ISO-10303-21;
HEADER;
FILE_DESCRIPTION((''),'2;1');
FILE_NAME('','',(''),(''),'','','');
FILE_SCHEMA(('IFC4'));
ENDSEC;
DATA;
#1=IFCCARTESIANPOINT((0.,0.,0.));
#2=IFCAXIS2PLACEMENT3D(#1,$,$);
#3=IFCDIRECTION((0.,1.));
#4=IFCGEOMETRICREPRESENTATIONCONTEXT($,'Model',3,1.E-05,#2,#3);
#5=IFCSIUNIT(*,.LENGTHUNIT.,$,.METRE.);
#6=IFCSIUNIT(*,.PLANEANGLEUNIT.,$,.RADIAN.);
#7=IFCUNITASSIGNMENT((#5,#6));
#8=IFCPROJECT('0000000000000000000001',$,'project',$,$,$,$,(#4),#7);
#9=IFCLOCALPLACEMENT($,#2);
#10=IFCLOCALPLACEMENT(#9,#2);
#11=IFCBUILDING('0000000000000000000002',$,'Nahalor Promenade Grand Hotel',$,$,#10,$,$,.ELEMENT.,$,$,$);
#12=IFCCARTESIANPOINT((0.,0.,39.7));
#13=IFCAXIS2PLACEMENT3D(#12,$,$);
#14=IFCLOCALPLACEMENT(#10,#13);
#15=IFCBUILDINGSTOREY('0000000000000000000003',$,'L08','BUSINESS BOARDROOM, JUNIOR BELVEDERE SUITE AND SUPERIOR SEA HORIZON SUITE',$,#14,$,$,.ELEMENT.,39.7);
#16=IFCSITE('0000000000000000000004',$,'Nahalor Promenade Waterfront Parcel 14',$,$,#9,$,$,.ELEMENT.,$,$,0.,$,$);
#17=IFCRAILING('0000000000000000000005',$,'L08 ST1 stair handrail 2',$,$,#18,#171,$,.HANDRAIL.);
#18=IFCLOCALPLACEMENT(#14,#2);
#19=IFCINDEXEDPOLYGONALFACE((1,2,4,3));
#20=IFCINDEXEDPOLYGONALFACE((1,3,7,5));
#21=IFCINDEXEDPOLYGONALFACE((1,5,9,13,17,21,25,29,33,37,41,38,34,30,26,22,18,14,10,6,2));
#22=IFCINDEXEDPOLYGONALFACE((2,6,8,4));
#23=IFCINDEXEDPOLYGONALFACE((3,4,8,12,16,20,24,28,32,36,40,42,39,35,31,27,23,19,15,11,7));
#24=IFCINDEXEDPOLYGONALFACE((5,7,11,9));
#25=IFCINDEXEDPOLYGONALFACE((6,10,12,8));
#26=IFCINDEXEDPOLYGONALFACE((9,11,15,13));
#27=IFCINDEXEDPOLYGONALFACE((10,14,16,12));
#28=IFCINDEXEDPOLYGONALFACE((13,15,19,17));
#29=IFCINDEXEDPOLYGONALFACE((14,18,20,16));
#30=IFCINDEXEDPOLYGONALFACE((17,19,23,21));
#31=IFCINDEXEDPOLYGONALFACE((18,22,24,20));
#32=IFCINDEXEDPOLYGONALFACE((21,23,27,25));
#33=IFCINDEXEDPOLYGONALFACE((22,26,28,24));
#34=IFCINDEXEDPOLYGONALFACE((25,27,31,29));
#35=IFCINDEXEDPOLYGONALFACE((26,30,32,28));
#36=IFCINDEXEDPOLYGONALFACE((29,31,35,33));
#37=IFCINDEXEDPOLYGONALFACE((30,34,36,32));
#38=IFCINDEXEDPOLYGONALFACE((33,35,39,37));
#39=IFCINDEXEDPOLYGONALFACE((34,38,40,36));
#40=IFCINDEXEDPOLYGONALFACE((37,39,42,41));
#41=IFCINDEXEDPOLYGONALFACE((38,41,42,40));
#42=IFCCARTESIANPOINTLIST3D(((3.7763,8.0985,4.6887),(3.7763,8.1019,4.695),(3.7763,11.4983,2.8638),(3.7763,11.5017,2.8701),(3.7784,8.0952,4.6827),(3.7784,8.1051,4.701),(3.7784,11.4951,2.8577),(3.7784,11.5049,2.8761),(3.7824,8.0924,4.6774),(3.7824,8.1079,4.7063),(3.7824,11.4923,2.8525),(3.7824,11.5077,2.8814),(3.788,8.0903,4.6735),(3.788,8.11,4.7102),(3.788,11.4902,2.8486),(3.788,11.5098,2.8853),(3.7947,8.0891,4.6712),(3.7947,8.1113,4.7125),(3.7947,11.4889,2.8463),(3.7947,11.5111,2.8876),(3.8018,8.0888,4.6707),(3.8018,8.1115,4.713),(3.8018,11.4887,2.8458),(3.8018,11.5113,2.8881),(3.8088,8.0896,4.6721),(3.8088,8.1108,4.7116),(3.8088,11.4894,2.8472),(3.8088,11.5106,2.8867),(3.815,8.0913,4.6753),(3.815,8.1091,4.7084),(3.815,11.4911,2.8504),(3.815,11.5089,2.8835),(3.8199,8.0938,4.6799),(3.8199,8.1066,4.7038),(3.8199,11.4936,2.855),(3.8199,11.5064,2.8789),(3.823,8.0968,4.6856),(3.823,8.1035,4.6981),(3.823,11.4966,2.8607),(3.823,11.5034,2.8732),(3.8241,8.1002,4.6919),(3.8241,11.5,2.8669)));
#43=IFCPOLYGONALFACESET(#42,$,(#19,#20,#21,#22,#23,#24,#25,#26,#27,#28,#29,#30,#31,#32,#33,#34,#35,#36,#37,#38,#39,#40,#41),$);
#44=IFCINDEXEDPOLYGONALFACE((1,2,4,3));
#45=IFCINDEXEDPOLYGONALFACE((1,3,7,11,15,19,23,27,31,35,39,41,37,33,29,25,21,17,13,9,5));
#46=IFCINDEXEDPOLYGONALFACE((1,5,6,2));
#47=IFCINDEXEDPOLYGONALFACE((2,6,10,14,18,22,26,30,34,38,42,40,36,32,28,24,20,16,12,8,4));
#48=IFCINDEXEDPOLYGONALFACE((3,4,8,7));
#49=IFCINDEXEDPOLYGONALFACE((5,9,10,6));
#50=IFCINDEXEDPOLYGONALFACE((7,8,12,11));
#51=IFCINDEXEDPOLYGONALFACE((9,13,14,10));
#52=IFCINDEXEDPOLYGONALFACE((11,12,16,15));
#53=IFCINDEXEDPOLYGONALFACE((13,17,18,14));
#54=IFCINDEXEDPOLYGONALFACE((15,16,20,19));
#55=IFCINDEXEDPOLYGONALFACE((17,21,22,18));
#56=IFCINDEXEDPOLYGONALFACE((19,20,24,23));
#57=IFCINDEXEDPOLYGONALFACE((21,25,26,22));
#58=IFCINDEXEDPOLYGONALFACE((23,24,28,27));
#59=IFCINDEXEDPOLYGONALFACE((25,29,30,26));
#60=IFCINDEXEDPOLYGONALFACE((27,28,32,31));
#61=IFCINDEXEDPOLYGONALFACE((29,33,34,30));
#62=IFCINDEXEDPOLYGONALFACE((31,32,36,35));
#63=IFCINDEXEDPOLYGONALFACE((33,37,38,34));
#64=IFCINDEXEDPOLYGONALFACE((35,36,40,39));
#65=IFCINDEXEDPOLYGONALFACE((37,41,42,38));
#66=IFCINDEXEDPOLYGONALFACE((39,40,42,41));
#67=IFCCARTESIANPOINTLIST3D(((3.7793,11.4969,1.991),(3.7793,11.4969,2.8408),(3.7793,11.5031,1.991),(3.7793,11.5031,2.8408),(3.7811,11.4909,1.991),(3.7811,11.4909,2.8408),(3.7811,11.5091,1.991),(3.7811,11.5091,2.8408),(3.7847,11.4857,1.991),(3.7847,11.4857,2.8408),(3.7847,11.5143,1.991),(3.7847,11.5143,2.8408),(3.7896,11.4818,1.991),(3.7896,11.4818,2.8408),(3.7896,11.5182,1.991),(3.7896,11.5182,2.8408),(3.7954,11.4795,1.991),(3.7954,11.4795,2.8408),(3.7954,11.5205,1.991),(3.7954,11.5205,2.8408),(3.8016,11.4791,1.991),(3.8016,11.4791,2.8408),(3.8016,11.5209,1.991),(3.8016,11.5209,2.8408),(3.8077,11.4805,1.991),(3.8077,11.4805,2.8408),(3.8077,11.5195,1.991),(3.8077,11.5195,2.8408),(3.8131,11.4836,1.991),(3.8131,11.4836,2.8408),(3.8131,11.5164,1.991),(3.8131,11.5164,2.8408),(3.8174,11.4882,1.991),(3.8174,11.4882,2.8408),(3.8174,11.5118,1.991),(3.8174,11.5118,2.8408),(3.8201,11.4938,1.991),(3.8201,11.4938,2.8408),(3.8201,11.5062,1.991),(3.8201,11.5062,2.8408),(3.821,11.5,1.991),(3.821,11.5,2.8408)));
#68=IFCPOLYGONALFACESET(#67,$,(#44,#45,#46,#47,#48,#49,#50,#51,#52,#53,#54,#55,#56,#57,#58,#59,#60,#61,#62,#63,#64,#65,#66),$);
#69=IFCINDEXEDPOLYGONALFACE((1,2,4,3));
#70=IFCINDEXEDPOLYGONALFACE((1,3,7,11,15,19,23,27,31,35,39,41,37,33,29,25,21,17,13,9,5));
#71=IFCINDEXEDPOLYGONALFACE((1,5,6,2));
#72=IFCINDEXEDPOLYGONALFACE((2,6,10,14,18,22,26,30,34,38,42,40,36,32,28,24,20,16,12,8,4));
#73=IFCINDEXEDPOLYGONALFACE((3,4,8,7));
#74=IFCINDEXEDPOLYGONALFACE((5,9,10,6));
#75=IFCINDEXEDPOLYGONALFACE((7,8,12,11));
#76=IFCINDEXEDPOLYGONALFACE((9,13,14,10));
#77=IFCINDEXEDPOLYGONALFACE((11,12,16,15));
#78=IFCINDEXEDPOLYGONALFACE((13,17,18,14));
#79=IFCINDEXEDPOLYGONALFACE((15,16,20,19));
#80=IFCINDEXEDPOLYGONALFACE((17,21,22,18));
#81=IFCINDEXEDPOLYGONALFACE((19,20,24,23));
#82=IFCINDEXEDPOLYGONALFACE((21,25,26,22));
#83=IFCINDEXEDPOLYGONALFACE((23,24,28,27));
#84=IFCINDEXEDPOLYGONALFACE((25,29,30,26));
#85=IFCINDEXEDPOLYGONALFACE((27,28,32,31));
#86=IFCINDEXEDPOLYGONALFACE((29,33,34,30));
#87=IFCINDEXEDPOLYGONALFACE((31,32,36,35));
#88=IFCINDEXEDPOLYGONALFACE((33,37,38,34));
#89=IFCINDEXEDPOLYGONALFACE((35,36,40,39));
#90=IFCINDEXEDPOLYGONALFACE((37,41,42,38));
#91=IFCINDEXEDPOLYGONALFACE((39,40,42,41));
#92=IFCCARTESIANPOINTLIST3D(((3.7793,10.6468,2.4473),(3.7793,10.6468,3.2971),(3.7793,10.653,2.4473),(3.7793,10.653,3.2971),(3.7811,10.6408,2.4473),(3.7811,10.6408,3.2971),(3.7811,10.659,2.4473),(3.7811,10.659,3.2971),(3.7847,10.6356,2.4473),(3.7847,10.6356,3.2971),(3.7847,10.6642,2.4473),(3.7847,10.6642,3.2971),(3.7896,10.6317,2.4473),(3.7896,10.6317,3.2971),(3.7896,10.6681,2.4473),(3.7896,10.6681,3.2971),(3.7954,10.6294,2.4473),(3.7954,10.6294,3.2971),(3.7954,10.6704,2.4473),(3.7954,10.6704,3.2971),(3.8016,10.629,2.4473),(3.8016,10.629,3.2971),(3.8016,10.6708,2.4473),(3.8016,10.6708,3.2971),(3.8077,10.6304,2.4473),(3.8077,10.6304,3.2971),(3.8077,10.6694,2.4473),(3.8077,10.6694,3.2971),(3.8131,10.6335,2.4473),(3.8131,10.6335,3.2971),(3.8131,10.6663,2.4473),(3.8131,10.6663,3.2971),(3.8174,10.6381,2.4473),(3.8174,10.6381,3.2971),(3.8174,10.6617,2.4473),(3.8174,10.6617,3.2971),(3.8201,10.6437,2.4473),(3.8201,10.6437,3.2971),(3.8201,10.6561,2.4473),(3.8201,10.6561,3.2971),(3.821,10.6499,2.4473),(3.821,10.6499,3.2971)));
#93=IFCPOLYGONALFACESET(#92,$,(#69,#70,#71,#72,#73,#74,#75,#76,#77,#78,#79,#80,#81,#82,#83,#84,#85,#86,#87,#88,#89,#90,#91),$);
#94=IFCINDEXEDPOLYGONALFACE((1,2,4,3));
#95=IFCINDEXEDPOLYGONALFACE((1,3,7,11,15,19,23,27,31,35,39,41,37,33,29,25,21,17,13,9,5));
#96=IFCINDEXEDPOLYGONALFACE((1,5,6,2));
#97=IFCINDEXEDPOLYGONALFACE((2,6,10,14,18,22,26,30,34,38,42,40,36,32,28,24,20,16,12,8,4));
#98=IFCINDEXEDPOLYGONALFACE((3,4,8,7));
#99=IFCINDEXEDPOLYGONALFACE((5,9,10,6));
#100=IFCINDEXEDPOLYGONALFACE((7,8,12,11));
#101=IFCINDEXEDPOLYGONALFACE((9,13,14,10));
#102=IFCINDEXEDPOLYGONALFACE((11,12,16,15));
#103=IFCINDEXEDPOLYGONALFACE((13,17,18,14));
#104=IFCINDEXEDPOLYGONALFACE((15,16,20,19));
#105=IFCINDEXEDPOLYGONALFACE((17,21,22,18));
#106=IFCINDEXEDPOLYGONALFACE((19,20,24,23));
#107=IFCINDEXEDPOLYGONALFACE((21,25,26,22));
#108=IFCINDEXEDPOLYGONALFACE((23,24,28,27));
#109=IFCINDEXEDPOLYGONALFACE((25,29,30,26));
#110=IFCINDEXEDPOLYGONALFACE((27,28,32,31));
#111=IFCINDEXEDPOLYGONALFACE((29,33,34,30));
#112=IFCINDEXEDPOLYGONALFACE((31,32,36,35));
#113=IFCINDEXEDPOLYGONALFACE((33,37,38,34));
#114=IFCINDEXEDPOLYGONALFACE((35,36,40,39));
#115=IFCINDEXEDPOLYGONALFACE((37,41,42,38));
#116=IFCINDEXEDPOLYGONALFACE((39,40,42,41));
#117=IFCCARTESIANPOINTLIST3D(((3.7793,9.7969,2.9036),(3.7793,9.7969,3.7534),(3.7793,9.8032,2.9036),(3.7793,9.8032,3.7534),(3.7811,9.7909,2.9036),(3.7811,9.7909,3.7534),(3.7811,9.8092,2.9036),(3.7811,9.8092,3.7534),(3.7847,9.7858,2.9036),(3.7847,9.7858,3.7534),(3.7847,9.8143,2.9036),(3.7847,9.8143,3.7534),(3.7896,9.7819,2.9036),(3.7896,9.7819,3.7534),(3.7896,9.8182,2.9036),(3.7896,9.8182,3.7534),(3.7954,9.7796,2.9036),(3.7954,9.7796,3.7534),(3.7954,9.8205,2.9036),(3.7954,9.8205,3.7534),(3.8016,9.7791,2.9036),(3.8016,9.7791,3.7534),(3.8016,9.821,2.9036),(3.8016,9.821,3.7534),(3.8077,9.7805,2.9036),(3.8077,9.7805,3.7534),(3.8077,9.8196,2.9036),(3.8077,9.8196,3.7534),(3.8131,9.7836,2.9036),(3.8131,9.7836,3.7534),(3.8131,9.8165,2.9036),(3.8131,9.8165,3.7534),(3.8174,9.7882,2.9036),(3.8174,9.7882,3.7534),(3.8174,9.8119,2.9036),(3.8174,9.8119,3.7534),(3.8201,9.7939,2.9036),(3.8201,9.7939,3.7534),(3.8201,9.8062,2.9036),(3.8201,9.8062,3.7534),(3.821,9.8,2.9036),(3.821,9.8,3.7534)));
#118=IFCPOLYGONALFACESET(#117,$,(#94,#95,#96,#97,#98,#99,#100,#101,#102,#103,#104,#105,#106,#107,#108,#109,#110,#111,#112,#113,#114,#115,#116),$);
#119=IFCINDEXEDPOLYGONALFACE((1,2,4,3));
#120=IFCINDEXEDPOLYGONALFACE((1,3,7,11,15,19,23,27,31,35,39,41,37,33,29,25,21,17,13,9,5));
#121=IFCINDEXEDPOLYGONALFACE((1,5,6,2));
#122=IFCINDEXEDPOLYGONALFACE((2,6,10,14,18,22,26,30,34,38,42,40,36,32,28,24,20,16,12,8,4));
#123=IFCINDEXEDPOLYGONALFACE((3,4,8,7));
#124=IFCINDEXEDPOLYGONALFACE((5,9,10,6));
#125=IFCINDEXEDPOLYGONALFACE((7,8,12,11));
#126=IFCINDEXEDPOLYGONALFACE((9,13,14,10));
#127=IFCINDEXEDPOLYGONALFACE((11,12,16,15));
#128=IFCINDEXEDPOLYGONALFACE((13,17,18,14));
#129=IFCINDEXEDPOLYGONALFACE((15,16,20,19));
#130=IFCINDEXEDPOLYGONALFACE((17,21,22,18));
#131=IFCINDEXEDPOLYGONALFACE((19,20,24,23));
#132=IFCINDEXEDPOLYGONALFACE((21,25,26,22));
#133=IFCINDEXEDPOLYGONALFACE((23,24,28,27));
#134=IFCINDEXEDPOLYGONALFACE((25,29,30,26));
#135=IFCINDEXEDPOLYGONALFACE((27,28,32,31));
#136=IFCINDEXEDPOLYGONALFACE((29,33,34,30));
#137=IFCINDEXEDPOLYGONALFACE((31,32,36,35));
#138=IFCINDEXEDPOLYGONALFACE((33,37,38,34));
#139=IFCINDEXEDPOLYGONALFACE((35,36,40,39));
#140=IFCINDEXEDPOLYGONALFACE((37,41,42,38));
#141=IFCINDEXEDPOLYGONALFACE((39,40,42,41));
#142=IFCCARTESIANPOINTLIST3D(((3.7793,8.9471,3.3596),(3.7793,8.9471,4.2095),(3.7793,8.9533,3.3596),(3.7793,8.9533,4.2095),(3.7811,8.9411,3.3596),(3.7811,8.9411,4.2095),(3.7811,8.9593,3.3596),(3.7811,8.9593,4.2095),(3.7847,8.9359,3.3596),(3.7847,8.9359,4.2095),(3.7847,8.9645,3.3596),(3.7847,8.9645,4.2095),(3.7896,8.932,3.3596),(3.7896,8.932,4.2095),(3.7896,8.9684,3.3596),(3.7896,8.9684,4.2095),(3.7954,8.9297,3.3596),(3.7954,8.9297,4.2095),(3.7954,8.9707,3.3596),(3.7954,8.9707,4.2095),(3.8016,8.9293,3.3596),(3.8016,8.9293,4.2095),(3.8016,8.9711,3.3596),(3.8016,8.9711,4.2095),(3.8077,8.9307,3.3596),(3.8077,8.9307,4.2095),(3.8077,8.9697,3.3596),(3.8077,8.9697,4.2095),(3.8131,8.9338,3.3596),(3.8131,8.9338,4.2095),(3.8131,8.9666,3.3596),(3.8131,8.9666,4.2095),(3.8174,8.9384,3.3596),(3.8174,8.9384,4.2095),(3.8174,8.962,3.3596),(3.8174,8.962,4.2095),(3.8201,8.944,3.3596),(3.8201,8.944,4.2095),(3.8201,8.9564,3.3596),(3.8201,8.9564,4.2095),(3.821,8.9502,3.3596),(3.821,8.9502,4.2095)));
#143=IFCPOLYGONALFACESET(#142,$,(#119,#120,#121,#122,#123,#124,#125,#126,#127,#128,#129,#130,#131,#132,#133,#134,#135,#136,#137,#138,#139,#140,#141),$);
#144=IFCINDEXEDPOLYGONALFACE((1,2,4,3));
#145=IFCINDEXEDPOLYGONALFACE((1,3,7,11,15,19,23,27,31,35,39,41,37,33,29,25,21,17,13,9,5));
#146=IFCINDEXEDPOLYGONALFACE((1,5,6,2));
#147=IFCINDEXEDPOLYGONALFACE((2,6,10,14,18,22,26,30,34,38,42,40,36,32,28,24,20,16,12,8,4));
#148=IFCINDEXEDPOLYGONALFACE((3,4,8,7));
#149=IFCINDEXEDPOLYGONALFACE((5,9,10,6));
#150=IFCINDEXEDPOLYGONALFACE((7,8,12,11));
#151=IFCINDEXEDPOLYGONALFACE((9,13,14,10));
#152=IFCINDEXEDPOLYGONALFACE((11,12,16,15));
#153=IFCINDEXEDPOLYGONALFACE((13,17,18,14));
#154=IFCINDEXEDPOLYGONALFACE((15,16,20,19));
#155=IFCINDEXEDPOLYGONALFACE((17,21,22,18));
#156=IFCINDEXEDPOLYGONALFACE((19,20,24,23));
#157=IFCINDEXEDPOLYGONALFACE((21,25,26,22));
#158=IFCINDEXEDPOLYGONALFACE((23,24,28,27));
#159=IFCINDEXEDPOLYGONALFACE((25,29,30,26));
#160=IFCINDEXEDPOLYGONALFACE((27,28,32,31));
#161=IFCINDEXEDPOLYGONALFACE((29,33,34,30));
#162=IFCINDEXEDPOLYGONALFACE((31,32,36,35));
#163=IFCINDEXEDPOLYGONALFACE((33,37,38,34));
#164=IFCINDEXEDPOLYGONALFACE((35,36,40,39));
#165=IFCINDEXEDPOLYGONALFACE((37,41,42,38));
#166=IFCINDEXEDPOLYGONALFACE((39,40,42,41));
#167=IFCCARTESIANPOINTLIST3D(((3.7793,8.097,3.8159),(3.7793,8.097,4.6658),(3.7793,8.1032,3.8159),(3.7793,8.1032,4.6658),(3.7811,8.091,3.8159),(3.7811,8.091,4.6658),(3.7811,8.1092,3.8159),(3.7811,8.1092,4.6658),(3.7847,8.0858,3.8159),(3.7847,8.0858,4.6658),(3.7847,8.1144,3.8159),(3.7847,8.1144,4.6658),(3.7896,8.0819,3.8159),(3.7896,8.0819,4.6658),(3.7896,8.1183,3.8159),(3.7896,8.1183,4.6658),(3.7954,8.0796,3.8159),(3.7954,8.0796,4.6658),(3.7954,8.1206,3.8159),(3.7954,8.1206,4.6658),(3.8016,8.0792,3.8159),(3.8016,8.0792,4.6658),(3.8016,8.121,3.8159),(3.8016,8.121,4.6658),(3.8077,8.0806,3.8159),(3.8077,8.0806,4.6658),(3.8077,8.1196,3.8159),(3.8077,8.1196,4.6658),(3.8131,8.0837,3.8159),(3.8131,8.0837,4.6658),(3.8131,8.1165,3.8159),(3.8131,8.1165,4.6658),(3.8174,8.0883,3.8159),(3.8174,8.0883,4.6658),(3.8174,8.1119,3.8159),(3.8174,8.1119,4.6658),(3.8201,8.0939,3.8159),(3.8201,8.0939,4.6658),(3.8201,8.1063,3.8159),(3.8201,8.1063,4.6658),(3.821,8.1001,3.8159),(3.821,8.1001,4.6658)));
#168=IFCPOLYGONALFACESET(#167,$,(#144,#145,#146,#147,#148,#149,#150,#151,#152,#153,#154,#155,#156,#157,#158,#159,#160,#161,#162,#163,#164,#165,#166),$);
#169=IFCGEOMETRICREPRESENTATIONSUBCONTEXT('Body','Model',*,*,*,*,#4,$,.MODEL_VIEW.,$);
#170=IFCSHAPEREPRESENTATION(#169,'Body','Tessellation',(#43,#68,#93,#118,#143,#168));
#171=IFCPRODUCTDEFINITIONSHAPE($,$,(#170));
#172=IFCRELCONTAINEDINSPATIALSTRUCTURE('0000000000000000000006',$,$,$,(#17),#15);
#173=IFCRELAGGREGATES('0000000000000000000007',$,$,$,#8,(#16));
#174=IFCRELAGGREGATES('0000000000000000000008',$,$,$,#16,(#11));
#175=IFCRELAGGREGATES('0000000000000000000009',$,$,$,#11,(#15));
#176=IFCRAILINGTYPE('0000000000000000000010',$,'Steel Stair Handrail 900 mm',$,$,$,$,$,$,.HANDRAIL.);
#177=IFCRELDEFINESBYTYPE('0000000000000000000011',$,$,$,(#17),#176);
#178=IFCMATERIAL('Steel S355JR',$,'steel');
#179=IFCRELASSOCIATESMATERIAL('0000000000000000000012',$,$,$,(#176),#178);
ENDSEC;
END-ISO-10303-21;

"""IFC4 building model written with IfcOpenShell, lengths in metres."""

from ifc_helpers import new_model, si_unit, direction, frame, origin, origin_2d, place, context, subcontext, project, spatial, circle, extrude, material, type_object, element, save


model = new_model("IFC4")

# Units and contexts
model_context = context("Model", 3, precision=1e-05, world=origin(), true_north=direction((0.0, 1.0)))
body_context = subcontext(model_context, "Body", "Model", "MODEL_VIEW")
ifc_project = project(units=[si_unit("LENGTHUNIT", "METRE"), si_unit("PLANEANGLEUNIT", "RADIAN")], contexts=[model_context])

# Site, building, storey
site_placement = place(None, origin())
site = spatial("IfcSite", under=ifc_project, at=site_placement, Name="Nahalor Promenade Waterfront Parcel 14", CompositionType="ELEMENT", RefElevation=0.0)
building_placement = place(site_placement, origin())
building = spatial("IfcBuilding", under=site, at=building_placement, Name="Nahalor Promenade Grand Hotel", CompositionType="ELEMENT")
storey_placement = place(building_placement, frame((0.0, 0.0, 39.7)))
storey = spatial("IfcBuildingStorey", under=building, at=storey_placement, Name="L08", Description="BUSINESS BOARDROOM, JUNIOR BELVEDERE SUITE AND SUPERIOR SEA HORIZON SUITE", CompositionType="ELEMENT", Elevation=39.7)

# Shared definitions
ifc_material_1 = material(Name="Steel S355JR", Category="steel")

# Railing
railing_type_1 = type_object("IfcRailingType", Name="Steel Stair Handrail 900 mm", PredefinedType="HANDRAIL", material=ifc_material_1)
railing_1_placement = place(storey_placement, frame((3.8, 11.5, 1.991)))
element("IfcRailing", 1, at=railing_1_placement, inside=storey, type_object=railing_type_1, Name="L08 ST1 stair handrail 2", PredefinedType="HANDRAIL", context=body_context, shape_type="SweptSolid", body=[
    extrude(circle(Radius=0.024, at=origin_2d()), frame((0.0, 0.0, 0.876), z_axis=(0.0, -0.881094, 0.472941), x_axis=(1.0, 0.0, 0.0)), (0.0, 0.0, 1.0), 3.8586),
    extrude(circle(Radius=0.021, at=origin_2d()), origin(), (0.0, 0.0, 1.0), 0.8499),
    extrude(circle(Radius=0.021, at=origin_2d()), frame((0.0, -0.8501, 0.4563)), (0.0, 0.0, 1.0), 0.8499),
    extrude(circle(Radius=0.021, at=origin_2d()), frame((0.0, -1.7, 0.9126)), (0.0, 0.0, 1.0), 0.8499),
    extrude(circle(Radius=0.021, at=origin_2d()), frame((0.0, -2.5498, 1.3687)), (0.0, 0.0, 1.0), 0.8499),
    extrude(circle(Radius=0.021, at=origin_2d()), frame((0.0, -3.3999, 1.825)), (0.0, 0.0, 1.0), 0.8499),
])

save(model, "model.ifc")
